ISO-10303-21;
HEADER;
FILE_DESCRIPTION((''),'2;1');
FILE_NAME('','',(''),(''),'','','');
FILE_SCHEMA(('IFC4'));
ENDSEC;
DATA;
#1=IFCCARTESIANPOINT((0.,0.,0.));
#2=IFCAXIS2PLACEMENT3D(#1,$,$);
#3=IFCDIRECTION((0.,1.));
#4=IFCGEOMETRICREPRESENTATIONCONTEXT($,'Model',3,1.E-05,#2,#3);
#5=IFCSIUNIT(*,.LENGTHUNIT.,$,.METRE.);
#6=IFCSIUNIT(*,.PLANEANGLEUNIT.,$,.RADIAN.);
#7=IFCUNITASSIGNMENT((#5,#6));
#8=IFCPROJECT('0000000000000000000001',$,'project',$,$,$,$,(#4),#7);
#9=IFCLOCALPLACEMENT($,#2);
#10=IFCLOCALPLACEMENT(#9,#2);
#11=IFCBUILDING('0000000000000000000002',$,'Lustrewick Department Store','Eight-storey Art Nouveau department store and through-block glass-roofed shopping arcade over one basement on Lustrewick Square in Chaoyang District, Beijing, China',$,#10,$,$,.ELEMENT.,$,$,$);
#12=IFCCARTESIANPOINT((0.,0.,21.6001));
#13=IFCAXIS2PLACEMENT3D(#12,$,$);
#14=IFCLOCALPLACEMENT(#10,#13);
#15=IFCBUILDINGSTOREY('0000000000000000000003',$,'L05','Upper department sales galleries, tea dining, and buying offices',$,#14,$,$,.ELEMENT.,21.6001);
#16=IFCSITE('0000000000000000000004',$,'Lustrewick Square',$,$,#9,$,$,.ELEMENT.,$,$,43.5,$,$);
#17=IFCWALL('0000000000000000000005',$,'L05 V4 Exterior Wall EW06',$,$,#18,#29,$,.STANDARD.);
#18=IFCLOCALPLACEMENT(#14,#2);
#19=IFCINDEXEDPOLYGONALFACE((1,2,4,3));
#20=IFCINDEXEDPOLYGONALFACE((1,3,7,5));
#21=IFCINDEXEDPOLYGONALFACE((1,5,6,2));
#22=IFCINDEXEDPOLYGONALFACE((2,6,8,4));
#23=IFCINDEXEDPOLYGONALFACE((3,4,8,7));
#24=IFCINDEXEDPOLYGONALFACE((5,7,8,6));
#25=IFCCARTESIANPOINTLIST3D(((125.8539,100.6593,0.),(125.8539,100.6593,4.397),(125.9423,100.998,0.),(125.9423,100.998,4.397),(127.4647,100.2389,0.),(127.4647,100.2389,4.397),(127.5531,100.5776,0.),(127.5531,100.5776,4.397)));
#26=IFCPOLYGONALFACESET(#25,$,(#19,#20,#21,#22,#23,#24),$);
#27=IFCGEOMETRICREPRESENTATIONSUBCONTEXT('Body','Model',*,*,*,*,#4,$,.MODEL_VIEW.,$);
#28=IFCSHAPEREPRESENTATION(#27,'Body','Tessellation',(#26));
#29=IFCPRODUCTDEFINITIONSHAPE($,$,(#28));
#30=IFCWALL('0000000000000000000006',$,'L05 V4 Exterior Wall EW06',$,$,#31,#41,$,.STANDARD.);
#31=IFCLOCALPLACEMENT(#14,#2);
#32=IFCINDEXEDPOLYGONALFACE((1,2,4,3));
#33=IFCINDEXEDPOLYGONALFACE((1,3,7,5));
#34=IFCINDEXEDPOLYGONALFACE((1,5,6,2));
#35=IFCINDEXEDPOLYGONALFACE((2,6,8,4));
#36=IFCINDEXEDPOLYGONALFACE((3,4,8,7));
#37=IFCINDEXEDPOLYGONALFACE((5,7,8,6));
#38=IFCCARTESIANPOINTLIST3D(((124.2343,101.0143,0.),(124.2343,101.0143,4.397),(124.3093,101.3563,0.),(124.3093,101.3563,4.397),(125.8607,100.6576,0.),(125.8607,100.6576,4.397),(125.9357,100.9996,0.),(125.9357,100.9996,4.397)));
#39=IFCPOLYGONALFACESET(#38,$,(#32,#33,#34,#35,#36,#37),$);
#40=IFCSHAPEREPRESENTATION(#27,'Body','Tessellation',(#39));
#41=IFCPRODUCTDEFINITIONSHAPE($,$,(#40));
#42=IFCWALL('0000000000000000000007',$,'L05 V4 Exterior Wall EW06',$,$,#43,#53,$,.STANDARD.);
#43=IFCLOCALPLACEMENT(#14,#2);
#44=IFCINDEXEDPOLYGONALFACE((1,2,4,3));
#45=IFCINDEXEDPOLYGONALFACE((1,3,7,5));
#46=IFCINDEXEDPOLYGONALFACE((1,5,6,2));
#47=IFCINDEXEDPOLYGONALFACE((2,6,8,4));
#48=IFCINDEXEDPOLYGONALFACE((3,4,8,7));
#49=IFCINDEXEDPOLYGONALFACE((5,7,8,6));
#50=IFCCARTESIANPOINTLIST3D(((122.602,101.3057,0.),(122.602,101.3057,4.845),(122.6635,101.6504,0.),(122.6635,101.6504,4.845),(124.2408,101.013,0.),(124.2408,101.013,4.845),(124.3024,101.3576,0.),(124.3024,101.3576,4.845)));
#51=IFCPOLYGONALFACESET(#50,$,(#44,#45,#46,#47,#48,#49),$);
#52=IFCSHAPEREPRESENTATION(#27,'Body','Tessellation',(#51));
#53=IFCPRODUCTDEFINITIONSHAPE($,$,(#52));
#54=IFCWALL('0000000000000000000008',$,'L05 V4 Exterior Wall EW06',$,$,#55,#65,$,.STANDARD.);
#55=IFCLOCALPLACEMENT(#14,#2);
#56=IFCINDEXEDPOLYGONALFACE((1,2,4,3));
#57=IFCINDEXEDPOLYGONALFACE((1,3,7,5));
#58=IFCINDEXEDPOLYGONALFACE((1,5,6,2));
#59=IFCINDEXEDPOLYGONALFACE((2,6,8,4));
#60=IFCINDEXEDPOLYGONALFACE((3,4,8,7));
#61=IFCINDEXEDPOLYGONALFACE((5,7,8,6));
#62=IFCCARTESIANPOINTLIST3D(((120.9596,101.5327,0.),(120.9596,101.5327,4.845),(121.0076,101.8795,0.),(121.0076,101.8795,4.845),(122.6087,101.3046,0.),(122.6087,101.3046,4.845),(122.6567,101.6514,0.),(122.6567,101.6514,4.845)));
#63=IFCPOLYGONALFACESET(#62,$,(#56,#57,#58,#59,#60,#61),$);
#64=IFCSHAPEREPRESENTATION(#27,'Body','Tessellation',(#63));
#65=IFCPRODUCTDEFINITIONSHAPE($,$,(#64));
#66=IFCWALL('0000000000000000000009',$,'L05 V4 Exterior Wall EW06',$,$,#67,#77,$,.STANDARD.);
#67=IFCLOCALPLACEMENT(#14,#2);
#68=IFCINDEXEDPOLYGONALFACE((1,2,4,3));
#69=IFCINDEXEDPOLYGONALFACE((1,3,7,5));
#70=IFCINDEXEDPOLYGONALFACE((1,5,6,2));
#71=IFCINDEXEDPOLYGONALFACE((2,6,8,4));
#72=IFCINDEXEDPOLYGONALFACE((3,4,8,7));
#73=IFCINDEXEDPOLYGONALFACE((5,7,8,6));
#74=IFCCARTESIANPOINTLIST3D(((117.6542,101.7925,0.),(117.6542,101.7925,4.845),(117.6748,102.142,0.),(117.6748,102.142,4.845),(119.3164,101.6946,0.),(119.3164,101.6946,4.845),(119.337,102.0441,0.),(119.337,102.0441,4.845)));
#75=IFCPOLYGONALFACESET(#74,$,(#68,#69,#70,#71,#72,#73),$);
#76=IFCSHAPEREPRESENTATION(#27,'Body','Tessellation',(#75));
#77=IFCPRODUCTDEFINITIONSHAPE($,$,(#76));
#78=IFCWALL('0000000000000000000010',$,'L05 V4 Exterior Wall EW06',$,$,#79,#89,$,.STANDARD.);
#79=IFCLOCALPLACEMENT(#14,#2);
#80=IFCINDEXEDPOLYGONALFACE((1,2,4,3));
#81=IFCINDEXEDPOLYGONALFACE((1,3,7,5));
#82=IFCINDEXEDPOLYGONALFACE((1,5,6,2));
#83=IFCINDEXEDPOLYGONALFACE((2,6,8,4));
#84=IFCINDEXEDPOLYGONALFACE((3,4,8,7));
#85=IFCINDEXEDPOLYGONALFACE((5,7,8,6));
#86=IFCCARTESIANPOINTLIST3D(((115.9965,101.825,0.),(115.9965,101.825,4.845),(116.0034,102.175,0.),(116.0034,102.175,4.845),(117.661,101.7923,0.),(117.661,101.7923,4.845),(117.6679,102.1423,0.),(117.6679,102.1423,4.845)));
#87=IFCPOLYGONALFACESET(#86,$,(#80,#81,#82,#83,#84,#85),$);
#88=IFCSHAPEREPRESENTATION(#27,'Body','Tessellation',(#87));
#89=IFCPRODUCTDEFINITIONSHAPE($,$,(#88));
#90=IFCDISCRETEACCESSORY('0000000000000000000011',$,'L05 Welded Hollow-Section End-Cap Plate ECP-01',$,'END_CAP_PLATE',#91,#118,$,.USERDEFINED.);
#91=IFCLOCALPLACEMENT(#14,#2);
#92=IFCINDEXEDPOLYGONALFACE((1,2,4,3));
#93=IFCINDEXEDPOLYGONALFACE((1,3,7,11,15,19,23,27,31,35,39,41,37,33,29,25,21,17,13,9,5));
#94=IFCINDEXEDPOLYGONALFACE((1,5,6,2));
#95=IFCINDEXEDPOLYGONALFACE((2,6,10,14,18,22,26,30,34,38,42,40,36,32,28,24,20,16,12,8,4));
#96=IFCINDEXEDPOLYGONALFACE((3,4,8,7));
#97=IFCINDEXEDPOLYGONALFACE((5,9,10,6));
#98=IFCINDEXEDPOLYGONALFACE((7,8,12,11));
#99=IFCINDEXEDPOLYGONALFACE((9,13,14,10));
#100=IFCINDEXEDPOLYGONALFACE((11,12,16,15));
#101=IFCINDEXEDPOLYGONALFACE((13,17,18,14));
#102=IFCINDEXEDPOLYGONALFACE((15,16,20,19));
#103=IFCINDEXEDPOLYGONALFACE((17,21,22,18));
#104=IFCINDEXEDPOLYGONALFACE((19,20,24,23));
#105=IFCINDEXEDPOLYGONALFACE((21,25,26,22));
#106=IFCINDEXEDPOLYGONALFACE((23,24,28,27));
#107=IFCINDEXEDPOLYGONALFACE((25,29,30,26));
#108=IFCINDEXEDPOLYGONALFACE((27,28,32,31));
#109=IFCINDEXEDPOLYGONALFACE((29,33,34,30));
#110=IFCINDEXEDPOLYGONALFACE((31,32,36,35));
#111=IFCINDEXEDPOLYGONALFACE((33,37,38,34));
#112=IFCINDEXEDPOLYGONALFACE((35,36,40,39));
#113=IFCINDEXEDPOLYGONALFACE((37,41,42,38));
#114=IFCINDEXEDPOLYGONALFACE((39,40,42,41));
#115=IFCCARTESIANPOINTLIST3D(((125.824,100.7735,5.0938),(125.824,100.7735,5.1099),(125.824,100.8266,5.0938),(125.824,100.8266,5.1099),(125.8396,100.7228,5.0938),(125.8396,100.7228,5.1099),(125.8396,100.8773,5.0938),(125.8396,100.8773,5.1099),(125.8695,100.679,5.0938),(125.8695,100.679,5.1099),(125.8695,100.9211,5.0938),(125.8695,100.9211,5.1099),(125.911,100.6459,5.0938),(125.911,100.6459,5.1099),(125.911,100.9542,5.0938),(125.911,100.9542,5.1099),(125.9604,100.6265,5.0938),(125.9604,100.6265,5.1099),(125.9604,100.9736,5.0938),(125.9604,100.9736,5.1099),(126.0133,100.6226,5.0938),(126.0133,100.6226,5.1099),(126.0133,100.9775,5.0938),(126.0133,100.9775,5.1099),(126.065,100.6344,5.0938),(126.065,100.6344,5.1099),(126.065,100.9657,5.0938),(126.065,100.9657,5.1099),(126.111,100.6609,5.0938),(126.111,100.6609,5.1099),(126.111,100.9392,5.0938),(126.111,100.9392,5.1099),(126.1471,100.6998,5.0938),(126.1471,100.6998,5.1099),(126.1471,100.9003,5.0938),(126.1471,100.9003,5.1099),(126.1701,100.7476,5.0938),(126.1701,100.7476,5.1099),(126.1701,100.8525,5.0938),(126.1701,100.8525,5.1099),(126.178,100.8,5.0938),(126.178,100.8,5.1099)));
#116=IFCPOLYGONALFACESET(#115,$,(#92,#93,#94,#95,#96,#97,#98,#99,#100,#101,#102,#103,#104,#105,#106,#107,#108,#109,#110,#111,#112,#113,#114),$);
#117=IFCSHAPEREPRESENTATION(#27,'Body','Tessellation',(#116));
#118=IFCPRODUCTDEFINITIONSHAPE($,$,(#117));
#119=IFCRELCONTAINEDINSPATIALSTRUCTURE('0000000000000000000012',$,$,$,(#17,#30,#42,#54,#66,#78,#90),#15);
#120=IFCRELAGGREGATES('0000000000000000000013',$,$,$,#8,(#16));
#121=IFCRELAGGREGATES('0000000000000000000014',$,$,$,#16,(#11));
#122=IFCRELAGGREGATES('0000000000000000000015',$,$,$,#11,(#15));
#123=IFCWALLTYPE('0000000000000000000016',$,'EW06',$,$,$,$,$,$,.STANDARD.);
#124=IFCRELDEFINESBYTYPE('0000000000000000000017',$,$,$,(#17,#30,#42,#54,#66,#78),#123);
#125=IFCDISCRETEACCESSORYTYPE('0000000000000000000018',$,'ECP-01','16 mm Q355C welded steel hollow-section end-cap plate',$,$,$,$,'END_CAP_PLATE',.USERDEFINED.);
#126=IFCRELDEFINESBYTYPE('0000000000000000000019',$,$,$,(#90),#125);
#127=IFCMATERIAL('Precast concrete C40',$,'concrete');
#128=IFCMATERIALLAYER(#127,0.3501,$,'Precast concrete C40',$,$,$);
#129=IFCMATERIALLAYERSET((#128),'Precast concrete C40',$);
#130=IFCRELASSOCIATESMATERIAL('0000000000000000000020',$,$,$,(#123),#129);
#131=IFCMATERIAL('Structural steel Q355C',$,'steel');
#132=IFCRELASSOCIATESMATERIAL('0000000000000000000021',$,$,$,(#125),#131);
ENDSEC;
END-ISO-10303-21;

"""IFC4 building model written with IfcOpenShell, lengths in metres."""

from ifc_helpers import new_model, si_unit, direction, frame, frame_2d, origin, origin_2d, place, context, subcontext, project, spatial, rectangle, circle, extrude, material, layer, layer_set, type_object, element, save


model = new_model("IFC4")

# Units and contexts
model_context = context("Model", 3, precision=1e-05, world=origin(), true_north=direction((0.0, 1.0)))
body_context = subcontext(model_context, "Body", "Model", "MODEL_VIEW")
ifc_project = project(units=[si_unit("LENGTHUNIT", "METRE"), si_unit("PLANEANGLEUNIT", "RADIAN")], contexts=[model_context])

# Site, building, storey
site_placement = place(None, origin())
site = spatial("IfcSite", under=ifc_project, at=site_placement, Name="Lustrewick Square", CompositionType="ELEMENT", RefElevation=43.5)
building_placement = place(site_placement, origin())
building = spatial("IfcBuilding", under=site, at=building_placement, Name="Lustrewick Department Store", Description="Eight-storey Art Nouveau department store and through-block glass-roofed shopping arcade over one basement on Lustrewick Square in Chaoyang District, Beijing, China", CompositionType="ELEMENT")
storey_placement = place(building_placement, frame((0.0, 0.0, 21.6001)))
storey = spatial("IfcBuildingStorey", under=building, at=storey_placement, Name="L05", Description="Upper department sales galleries, tea dining, and buying offices", CompositionType="ELEMENT", Elevation=21.6001)

# Shared definitions
ifc_material_1 = material(Name="Structural steel Q355C", Category="steel")

# Walls
ifc_material_2 = material(Name="Precast concrete C40", Category="concrete")
ifc_layer_1 = layer(ifc_material_2, 0.3501, Name="Precast concrete C40")
ifc_layer_set_1 = layer_set([ifc_layer_1], Name="Precast concrete C40")
wall_type = type_object("IfcWallType", Name="EW06", PredefinedType="STANDARD", material=ifc_layer_set_1)
wall_1_placement = place(storey_placement, frame((127.509, 100.4082, 0.0), z_axis=(0.0, 0.0, 1.0), x_axis=(-0.967589, 0.252529, 0.0)))
element("IfcWall", 1, at=wall_1_placement, inside=storey, type_object=wall_type, Name="L05 V4 Exterior Wall EW06", PredefinedType="STANDARD", context=body_context, shape_type="SweptSolid", body=[
    extrude(rectangle(XDim=1.6648, YDim=0.3501, at=frame_2d((0.8325, 0.0))), origin(), (0.0, 0.0, 1.0), 4.397),
])
wall_2_placement = place(storey_placement, frame((125.8982, 100.8286, 0.0), z_axis=(0.0, 0.0, 1.0), x_axis=(-0.976787, 0.214213, 0.0)))
element("IfcWall", 2, at=wall_2_placement, inside=storey, type_object=wall_type, Name="L05 V4 Exterior Wall EW06", PredefinedType="STANDARD", context=body_context, shape_type="SweptSolid", body=[
    extrude(rectangle(XDim=1.665, YDim=0.3501, at=frame_2d((0.8325, 0.0))), origin(), (0.0, 0.0, 1.0), 4.397),
])
for number, where, z_axis, x_axis, name in (
    (3, (124.2717, 101.1853, 0.0), (0.0, 0.0, 1.0), (-0.984421, 0.175826, 0.0), "L05 V4 Exterior Wall EW06"),
    (4, (122.6328, 101.478, 0.0), (0.0, 0.0, 1.0), (-0.990576, 0.136965, 0.0), "L05 V4 Exterior Wall EW06"),
):
    element("IfcWall", number, at=place(storey_placement, frame(where, z_axis=z_axis, x_axis=x_axis)), inside=storey, type_object=wall_type, Name=name, PredefinedType="STANDARD", context=body_context, shape_type="SweptSolid", body=[
        extrude(rectangle(XDim=1.6648, YDim=0.3501, at=frame_2d((0.8325, 0.0))), origin(), (0.0, 0.0, 1.0), 4.845),
    ])
wall_3_placement = place(storey_placement, frame((119.3267, 101.8694, 0.0), z_axis=(0.0, 0.0, 1.0), x_axis=(-0.99827, 0.058799, 0.0)))
element("IfcWall", 5, at=wall_3_placement, inside=storey, type_object=wall_type, Name="L05 V4 Exterior Wall EW06", PredefinedType="STANDARD", context=body_context, shape_type="SweptSolid", body=[
    extrude(rectangle(XDim=1.665, YDim=0.3501, at=frame_2d((0.8325, 0.0))), origin(), (0.0, 0.0, 1.0), 4.845),
])
wall_4_placement = place(storey_placement, frame((117.6646, 101.9673, 0.0), z_axis=(0.0, 0.0, 1.0), x_axis=(-0.999807, 0.01965, 0.0)))
element("IfcWall", 6, at=wall_4_placement, inside=storey, type_object=wall_type, Name="L05 V4 Exterior Wall EW06", PredefinedType="STANDARD", context=body_context, shape_type="SweptSolid", body=[
    extrude(rectangle(XDim=1.6648, YDim=0.3501, at=frame_2d((0.8325, 0.0))), origin(), (0.0, 0.0, 1.0), 4.845),
])

# Discrete accessory
discrete_accessory_type = type_object("IfcDiscreteAccessoryType", Name="ECP-01", Description="16 mm Q355C welded steel hollow-section end-cap plate", ElementType="END_CAP_PLATE", PredefinedType="USERDEFINED", material=ifc_material_1)
discrete_accessory_placement = place(storey_placement, frame((126.0, 100.8, 5.0938), z_axis=(0.0, 0.0, 1.0), x_axis=(1.0, 0.0, 0.0)))
element("IfcDiscreteAccessory", 7, at=discrete_accessory_placement, inside=storey, type_object=discrete_accessory_type, Name="L05 Welded Hollow-Section End-Cap Plate ECP-01", ObjectType="END_CAP_PLATE", PredefinedType="USERDEFINED", context=body_context, shape_type="SweptSolid", body=[
    extrude(circle(Radius=0.178, at=origin_2d()), origin(), (0.0, 0.0, 1.0), 0.0161),
])

save(model, "model.ifc")
